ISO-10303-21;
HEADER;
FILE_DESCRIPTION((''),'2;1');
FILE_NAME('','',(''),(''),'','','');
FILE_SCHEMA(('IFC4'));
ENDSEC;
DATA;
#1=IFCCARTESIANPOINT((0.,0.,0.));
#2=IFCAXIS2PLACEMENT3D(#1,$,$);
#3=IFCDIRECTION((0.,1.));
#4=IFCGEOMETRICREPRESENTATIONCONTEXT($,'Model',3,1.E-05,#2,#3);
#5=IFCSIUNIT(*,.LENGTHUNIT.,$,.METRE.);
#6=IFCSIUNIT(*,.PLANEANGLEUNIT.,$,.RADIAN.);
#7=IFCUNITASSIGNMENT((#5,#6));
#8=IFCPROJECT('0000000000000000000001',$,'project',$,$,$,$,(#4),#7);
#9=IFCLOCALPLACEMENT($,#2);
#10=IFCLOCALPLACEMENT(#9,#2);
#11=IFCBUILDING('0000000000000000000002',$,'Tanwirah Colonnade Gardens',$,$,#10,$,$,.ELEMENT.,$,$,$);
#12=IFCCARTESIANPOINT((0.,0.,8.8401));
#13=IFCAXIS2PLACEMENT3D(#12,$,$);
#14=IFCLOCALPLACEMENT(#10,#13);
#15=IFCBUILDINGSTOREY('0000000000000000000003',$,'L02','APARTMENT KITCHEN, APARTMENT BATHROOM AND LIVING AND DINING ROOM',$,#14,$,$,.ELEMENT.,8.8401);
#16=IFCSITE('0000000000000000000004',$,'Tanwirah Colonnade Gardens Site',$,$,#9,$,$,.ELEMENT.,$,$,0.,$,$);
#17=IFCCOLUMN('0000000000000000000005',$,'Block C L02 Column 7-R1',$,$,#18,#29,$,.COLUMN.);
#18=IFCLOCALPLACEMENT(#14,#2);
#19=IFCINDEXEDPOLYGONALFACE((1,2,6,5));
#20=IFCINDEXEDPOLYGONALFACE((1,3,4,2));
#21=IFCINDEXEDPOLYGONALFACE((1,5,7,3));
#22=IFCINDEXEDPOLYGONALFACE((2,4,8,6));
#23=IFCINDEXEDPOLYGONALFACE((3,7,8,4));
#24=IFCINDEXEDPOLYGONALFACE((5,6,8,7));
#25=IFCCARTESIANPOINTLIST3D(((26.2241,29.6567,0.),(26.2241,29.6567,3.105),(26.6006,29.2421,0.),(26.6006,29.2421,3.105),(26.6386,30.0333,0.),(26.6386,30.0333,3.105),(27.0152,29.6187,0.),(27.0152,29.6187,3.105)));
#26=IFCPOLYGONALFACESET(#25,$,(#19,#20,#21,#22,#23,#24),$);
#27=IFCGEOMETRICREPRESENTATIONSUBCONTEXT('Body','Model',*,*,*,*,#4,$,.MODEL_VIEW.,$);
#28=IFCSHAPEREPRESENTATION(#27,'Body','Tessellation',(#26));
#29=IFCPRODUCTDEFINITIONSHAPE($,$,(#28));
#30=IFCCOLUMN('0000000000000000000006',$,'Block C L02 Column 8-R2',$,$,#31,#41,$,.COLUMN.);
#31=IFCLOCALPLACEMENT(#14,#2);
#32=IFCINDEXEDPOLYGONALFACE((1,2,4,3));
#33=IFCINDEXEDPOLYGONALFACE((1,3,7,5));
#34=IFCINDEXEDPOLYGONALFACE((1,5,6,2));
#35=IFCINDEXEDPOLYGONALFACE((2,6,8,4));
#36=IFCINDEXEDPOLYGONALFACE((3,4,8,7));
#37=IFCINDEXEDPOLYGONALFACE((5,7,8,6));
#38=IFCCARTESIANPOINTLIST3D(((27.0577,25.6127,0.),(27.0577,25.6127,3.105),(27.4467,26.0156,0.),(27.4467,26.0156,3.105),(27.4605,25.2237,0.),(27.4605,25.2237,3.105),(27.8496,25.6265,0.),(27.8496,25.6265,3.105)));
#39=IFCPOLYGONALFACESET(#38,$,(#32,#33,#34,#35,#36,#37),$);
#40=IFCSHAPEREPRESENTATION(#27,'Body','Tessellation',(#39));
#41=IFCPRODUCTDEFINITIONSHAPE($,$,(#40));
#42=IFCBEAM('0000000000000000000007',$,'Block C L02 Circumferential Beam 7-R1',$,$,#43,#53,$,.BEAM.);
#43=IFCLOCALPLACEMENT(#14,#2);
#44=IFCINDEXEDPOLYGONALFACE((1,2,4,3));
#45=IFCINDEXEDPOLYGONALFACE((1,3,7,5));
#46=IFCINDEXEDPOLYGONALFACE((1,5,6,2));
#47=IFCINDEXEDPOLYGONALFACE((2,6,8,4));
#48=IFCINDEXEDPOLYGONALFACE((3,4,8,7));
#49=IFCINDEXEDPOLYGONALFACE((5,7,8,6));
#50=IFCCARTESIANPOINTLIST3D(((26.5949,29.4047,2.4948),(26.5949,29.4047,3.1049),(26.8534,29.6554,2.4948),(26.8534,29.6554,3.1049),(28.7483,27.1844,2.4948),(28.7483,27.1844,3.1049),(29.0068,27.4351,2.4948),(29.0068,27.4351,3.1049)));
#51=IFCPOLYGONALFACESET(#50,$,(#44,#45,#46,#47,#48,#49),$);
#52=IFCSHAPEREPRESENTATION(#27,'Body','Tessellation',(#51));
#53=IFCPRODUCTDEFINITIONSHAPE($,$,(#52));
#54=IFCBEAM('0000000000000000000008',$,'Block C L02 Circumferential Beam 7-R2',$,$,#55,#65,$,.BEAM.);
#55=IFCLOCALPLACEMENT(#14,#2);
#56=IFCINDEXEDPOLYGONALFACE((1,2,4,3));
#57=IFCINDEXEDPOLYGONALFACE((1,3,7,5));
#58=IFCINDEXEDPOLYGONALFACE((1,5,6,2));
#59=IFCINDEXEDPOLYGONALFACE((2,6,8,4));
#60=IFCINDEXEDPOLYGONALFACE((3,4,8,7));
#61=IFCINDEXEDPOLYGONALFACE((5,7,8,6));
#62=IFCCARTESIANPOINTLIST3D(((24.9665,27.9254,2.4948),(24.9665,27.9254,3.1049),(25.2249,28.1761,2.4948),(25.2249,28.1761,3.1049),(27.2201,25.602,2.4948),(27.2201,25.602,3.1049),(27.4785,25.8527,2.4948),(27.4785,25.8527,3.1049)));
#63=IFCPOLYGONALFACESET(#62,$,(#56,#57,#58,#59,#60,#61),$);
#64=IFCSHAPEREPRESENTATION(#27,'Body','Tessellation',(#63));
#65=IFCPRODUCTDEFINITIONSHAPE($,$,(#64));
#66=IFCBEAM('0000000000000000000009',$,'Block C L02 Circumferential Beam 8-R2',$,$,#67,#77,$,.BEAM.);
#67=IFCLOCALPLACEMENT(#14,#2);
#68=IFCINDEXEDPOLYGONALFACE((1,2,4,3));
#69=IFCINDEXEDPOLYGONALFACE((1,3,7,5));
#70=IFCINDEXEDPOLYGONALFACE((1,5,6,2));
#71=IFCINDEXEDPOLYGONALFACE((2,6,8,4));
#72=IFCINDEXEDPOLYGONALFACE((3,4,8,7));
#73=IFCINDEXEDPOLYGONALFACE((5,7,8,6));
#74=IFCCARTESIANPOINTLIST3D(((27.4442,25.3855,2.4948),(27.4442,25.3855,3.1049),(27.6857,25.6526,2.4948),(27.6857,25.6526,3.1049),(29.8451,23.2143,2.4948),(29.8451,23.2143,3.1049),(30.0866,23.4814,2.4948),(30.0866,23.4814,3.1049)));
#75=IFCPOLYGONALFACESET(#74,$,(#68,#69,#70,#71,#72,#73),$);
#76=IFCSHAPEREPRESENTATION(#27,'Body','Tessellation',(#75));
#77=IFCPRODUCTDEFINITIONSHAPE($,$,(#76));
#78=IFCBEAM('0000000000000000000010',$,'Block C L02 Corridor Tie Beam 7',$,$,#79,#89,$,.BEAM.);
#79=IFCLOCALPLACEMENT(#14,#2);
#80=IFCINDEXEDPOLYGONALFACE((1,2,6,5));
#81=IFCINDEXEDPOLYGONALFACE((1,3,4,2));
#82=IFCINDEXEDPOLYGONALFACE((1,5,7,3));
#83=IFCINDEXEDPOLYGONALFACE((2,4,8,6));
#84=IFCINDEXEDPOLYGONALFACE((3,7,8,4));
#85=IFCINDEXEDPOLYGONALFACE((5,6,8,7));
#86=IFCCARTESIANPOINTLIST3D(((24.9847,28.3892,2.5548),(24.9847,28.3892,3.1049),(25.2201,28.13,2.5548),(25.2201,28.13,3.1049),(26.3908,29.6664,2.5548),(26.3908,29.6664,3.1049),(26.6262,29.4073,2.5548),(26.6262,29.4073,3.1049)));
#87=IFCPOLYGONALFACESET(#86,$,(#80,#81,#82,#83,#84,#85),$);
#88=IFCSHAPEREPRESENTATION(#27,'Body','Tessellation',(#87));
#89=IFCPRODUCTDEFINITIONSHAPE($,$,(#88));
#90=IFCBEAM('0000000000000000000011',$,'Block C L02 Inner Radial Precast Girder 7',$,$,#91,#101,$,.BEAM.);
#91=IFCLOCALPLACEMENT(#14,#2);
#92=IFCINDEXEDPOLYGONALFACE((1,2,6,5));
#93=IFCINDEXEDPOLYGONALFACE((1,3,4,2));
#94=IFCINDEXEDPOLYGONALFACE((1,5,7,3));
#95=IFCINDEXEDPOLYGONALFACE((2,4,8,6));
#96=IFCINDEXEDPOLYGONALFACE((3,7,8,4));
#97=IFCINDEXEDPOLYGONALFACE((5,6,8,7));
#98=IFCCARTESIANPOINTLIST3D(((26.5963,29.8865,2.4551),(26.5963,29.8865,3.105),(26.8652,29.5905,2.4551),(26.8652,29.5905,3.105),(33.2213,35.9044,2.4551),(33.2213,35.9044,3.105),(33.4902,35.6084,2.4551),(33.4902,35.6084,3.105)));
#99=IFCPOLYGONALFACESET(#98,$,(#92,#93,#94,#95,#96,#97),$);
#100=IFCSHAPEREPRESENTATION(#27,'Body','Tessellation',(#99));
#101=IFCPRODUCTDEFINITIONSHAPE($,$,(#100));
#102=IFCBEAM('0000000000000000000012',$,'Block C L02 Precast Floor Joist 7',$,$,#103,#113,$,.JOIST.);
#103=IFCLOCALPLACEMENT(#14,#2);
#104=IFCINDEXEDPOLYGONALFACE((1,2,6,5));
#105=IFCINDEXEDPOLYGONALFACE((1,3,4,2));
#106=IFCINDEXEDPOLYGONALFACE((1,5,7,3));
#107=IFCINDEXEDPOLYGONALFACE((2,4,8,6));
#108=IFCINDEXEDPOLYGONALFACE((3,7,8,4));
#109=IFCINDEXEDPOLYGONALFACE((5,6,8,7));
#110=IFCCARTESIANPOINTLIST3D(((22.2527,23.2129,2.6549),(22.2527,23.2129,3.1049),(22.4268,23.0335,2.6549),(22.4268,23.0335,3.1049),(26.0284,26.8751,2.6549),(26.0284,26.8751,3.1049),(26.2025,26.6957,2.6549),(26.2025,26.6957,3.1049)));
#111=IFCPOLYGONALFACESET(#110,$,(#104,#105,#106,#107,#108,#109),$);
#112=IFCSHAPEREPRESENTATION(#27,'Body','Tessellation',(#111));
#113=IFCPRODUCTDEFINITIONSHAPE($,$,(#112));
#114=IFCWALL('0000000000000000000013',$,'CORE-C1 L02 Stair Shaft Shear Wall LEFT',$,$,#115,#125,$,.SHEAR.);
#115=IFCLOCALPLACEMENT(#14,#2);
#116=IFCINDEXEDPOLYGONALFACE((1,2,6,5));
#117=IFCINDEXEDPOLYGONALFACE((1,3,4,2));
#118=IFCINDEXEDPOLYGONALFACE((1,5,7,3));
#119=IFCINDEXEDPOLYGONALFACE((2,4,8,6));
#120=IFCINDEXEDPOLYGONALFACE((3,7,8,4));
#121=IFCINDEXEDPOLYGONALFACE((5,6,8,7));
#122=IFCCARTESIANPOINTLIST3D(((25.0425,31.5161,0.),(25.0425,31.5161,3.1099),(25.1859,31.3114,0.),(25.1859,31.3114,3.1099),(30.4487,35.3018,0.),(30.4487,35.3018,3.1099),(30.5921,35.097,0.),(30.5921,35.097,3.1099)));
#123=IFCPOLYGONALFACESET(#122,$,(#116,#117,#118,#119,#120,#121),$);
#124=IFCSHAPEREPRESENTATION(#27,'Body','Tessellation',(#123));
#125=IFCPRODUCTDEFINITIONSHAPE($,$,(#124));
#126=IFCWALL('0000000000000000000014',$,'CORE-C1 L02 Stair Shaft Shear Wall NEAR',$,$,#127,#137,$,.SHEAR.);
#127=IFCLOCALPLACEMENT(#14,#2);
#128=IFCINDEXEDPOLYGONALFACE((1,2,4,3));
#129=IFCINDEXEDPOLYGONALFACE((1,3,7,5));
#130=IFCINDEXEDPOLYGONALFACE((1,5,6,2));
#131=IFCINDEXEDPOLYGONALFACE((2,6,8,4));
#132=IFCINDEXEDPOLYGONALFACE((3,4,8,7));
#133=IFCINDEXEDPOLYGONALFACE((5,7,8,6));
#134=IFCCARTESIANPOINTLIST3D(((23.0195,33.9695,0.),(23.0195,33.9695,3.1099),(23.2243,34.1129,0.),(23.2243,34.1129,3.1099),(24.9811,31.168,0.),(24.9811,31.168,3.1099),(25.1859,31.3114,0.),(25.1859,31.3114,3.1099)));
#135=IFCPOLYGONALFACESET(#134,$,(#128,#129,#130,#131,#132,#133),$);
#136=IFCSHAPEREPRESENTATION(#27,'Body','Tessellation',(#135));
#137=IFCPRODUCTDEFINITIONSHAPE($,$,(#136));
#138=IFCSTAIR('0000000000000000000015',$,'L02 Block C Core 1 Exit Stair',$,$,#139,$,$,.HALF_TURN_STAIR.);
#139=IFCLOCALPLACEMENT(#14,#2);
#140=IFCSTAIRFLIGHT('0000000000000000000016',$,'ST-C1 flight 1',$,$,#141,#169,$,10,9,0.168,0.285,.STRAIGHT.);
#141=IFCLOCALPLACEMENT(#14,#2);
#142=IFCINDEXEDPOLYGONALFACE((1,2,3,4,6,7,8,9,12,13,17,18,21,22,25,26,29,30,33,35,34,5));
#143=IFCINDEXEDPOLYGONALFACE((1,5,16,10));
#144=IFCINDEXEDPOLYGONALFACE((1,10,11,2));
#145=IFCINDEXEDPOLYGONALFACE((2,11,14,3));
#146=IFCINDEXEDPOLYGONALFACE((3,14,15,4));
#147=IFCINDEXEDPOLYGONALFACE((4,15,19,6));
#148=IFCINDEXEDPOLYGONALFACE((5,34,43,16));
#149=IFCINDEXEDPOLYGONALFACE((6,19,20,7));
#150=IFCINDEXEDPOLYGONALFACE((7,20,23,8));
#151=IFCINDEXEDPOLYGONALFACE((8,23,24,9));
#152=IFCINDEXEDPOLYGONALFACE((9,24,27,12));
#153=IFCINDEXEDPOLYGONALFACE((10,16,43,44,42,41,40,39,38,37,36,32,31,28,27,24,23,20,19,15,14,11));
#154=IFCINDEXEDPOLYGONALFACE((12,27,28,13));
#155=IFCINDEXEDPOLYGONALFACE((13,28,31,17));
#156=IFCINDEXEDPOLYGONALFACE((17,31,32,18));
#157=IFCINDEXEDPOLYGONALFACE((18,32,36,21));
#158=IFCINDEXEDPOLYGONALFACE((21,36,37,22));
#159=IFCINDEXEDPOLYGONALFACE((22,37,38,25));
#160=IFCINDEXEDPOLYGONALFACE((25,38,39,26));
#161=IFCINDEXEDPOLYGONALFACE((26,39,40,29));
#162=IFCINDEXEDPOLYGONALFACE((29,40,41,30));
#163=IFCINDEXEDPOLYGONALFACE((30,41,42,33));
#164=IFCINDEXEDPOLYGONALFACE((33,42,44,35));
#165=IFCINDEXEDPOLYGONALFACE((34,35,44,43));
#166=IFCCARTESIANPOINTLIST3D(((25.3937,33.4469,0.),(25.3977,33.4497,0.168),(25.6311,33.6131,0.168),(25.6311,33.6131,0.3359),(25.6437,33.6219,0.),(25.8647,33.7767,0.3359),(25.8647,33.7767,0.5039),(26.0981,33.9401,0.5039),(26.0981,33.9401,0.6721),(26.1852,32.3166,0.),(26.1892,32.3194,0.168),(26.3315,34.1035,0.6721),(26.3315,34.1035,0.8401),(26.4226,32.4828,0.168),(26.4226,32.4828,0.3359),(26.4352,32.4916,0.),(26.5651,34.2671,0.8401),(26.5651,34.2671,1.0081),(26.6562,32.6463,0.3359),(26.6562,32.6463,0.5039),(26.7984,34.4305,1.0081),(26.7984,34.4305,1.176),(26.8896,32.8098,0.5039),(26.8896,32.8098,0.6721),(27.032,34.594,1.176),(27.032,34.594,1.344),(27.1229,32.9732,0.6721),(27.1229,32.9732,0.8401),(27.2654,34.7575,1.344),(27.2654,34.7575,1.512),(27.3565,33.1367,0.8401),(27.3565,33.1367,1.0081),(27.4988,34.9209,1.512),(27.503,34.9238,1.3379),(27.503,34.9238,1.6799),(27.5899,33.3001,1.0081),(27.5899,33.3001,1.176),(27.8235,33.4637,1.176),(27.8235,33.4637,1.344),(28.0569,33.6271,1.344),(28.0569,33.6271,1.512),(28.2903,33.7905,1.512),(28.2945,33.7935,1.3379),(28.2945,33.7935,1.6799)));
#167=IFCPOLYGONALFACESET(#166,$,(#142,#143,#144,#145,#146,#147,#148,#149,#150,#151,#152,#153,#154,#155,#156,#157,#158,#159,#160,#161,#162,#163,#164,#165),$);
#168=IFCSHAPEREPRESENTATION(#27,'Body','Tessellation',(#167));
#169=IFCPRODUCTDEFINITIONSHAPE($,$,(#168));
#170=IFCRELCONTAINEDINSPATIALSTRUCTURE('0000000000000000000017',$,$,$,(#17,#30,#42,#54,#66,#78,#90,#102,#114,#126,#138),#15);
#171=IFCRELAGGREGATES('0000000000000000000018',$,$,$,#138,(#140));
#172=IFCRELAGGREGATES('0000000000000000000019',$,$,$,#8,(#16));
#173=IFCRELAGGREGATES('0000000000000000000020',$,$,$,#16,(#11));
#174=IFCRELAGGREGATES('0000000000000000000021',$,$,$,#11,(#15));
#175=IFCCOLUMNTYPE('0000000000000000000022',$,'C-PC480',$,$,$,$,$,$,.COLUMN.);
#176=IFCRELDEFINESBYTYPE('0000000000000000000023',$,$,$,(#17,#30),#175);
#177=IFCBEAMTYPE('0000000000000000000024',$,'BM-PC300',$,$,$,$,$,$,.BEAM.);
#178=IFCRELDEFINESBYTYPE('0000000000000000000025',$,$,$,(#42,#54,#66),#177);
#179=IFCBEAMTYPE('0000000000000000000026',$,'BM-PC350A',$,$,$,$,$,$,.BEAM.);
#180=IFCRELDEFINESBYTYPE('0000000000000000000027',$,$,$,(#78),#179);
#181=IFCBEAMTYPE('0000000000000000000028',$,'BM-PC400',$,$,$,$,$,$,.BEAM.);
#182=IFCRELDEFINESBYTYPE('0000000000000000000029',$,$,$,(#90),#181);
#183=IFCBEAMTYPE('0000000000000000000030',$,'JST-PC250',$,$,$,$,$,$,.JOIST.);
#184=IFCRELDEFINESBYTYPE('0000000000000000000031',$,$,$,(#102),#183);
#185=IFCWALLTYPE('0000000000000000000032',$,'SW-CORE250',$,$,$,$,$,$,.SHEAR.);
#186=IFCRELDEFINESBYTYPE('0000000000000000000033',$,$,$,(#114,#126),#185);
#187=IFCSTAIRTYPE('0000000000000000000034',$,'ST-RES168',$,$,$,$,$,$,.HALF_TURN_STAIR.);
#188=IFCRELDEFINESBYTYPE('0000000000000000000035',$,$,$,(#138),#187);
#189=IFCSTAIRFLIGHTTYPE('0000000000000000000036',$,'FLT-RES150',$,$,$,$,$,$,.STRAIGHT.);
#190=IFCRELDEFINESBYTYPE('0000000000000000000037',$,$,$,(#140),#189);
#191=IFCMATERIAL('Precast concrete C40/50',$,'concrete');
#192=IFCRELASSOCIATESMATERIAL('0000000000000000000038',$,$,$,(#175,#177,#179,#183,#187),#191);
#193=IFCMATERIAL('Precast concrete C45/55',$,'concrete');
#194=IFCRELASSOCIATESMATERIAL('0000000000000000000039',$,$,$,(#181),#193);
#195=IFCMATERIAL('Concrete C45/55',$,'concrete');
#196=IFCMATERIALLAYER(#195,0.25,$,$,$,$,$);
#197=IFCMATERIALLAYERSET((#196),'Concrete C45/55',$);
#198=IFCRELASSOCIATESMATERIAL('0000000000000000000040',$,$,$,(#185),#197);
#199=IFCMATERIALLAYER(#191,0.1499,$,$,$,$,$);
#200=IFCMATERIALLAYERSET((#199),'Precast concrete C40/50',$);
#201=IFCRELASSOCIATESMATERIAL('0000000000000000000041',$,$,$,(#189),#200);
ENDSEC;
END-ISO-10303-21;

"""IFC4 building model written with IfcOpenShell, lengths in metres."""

from ifc_helpers import new_model, si_unit, direction, frame, frame_2d, origin, origin_2d, place, context, subcontext, project, spatial, polyline, rectangle, outline, extrude, material, layer, layer_set, material_profile, profile_set, type_object, element, aggregate, save


model = new_model("IFC4")

# Units and contexts
model_context = context("Model", 3, precision=1e-05, world=origin(), true_north=direction((0.0, 1.0)))
body_context = subcontext(model_context, "Body", "Model", "MODEL_VIEW")
ifc_project = project(units=[si_unit("LENGTHUNIT", "METRE"), si_unit("PLANEANGLEUNIT", "RADIAN")], contexts=[model_context])

# Site, building, storey
site_placement = place(None, origin())
site = spatial("IfcSite", under=ifc_project, at=site_placement, Name="Tanwirah Colonnade Gardens Site", CompositionType="ELEMENT", RefElevation=0.0)
building_placement = place(site_placement, origin())
building = spatial("IfcBuilding", under=site, at=building_placement, Name="Tanwirah Colonnade Gardens", CompositionType="ELEMENT")
storey_placement = place(building_placement, frame((0.0, 0.0, 8.8401)))
storey = spatial("IfcBuildingStorey", under=building, at=storey_placement, Name="L02", Description="APARTMENT KITCHEN, APARTMENT BATHROOM AND LIVING AND DINING ROOM", CompositionType="ELEMENT", Elevation=8.8401)

# Columns
ifc_material_1 = material(Name="Precast concrete C40/50", Category="concrete")
ifc_material_profile_1 = material_profile(ifc_material_1, rectangle(XDim=0.5601, YDim=0.5601, at=origin_2d()), Name="PC-COL 560x560")
ifc_profile_set_1 = profile_set([ifc_material_profile_1], Name="Precast concrete C40/50")
column_type = type_object("IfcColumnType", Name="C-PC480", PredefinedType="COLUMN", material=ifc_profile_set_1)
for number, where, z_axis, x_axis, name in (
    (1, (26.6196, 29.6377, 0.0), (0.0, 0.0, 1.0), (-0.740218, -0.672367, 0.0), "Block C L02 Column 7-R1"),
    (2, (27.4536, 25.6196, 0.0), (0.0, 0.0, 1.0), (-0.694658, -0.71934, 0.0), "Block C L02 Column 8-R2"),
):
    element("IfcColumn", number, at=place(storey_placement, frame(where, z_axis=z_axis, x_axis=x_axis)), inside=storey, type_object=column_type, Name=name, PredefinedType="COLUMN", context=body_context, shape_type="SweptSolid", body=[
        extrude(rectangle(XDim=0.5601, YDim=0.5601, at=origin_2d()), origin(), (0.0, 0.0, 1.0), 3.105),
    ])

# Beams
ifc_material_profile_2 = material_profile(ifc_material_1, rectangle(XDim=0.3601, YDim=0.6101, at=origin_2d()), Name="PC-BM 360x610")
ifc_profile_set_2 = profile_set([ifc_material_profile_2], Name="Precast concrete C40/50")
beam_type_1 = type_object("IfcBeamType", Name="BM-PC300", PredefinedType="BEAM", material=ifc_profile_set_2)
beam_1_placement = place(storey_placement, frame((26.7241, 29.53, 2.7998), z_axis=(0.69621, -0.717838, 0.0), x_axis=(0.717838, 0.69621, 0.0)))
element("IfcBeam", 3, at=beam_1_placement, inside=storey, type_object=beam_type_1, Name="Block C L02 Circumferential Beam 7-R1", PredefinedType="BEAM", context=body_context, shape_type="SweptSolid", body=[
    extrude(rectangle(XDim=0.3601, YDim=0.6101, at=origin_2d()), origin(), (0.0, 0.0, 1.0), 3.093),
])
beam_2_placement = place(storey_placement, frame((25.0957, 28.0508, 2.7998), z_axis=(0.696239, -0.71781, 0.0), x_axis=(0.71781, 0.696239, 0.0)))
element("IfcBeam", 4, at=beam_2_placement, inside=storey, type_object=beam_type_1, Name="Block C L02 Circumferential Beam 7-R2", PredefinedType="BEAM", context=body_context, shape_type="SweptSolid", body=[
    extrude(rectangle(XDim=0.3601, YDim=0.6101, at=origin_2d()), origin(), (0.0, 0.0, 1.0), 3.2368),
])
beam_3_placement = place(storey_placement, frame((27.5649, 25.519, 2.7998), z_axis=(0.741702, -0.67073, 0.0), x_axis=(0.67073, 0.741702, 0.0)))
element("IfcBeam", 5, at=beam_3_placement, inside=storey, type_object=beam_type_1, Name="Block C L02 Circumferential Beam 8-R2", PredefinedType="BEAM", context=body_context, shape_type="SweptSolid", body=[
    extrude(rectangle(XDim=0.3601, YDim=0.6101, at=origin_2d()), origin(), (0.0, 0.0, 1.0), 3.2371),
])
ifc_material_profile_3 = material_profile(ifc_material_1, rectangle(XDim=0.3501, YDim=0.55, at=origin_2d()), Name="PC-BM 350x550")
ifc_profile_set_3 = profile_set([ifc_material_profile_3], Name="Precast concrete C40/50")
beam_type_2 = type_object("IfcBeamType", Name="BM-PC350A", PredefinedType="BEAM", material=ifc_profile_set_3)
beam_4_placement = place(storey_placement, frame((26.5085, 29.5369, 2.8298), z_axis=(-0.740219, -0.672366, 0.0), x_axis=(0.672366, -0.740219, 0.0)))
element("IfcBeam", 6, at=beam_4_placement, inside=storey, type_object=beam_type_2, Name="Block C L02 Corridor Tie Beam 7", PredefinedType="BEAM", context=body_context, shape_type="SweptSolid", body=[
    extrude(rectangle(XDim=0.3501, YDim=0.55, at=origin_2d()), origin(), (0.0, 0.0, 1.0), 1.8997),
])
ifc_material_2 = material(Name="Precast concrete C45/55", Category="concrete")
ifc_material_profile_4 = material_profile(ifc_material_2, rectangle(XDim=0.3999, YDim=0.6499, at=origin_2d()), Name="PC-BM 400x650")
ifc_profile_set_4 = profile_set([ifc_material_profile_4], Name="Precast concrete C45/55")
beam_type_3 = type_object("IfcBeamType", Name="BM-PC400", PredefinedType="BEAM", material=ifc_profile_set_4)
beam_5_placement = place(storey_placement, frame((26.7307, 29.7385, 2.78), z_axis=(0.740213, 0.672373, 0.0), x_axis=(-0.672373, 0.740213, 0.0)))
element("IfcBeam", 7, at=beam_5_placement, inside=storey, type_object=beam_type_3, Name="Block C L02 Inner Radial Precast Girder 7", PredefinedType="BEAM", context=body_context, shape_type="SweptSolid", body=[
    extrude(rectangle(XDim=0.3999, YDim=0.6499, at=origin_2d()), origin(), (0.0, 0.0, 1.0), 8.9502),
])
ifc_material_profile_5 = material_profile(ifc_material_1, rectangle(XDim=0.25, YDim=0.45, at=origin_2d()), Name="PC-JST 250x450")
ifc_profile_set_5 = profile_set([ifc_material_profile_5], Name="Precast concrete C40/50")
beam_type_4 = type_object("IfcBeamType", Name="JST-PC250", PredefinedType="JOIST", material=ifc_profile_set_5)
beam_6_placement = place(storey_placement, frame((26.1155, 26.7854, 2.8799), z_axis=(-0.717816, -0.696233, 0.0), x_axis=(0.696233, -0.717816, 0.0)))
element("IfcBeam", 8, at=beam_6_placement, inside=storey, type_object=beam_type_4, Name="Block C L02 Precast Floor Joist 7", PredefinedType="JOIST", context=body_context, shape_type="SweptSolid", body=[
    extrude(rectangle(XDim=0.25, YDim=0.45, at=origin_2d()), origin(), (0.0, 0.0, 1.0), 5.26),
])

# Walls
ifc_material_3 = material(Name="Concrete C45/55", Category="concrete")
ifc_layer_1 = layer(ifc_material_3, 0.25)
ifc_layer_set_1 = layer_set([ifc_layer_1], Name="Concrete C45/55")
wall_type_1 = type_object("IfcWallType", Name="SW-CORE250", PredefinedType="SHEAR", material=ifc_layer_set_1)
wall_1_placement = place(storey_placement, frame((25.1143, 31.4138, 0.0), z_axis=(0.0, 0.0, 1.0), x_axis=(0.819142, 0.573591, 0.0)))
element("IfcWall", 9, at=wall_1_placement, inside=storey, type_object=wall_type_1, Name="CORE-C1 L02 Stair Shaft Shear Wall LEFT", PredefinedType="SHEAR", context=body_context, shape_type="SweptSolid", body=[
    extrude(rectangle(XDim=6.5999, YDim=0.25, at=frame_2d((3.2998, 0.0))), origin(), (0.0, 0.0, 1.0), 3.1099),
])
wall_2_placement = place(storey_placement, frame((25.0835, 31.2397, 0.0), z_axis=(0.0, 0.0, 1.0), x_axis=(-0.573582, 0.819148, 0.0)))
element("IfcWall", 10, at=wall_2_placement, inside=storey, type_object=wall_type_1, Name="CORE-C1 L02 Stair Shaft Shear Wall NEAR", PredefinedType="SHEAR", context=body_context, shape_type="SweptSolid", body=[
    extrude(rectangle(XDim=3.4199, YDim=0.25, at=frame_2d((1.71, 0.0))), origin(), (0.0, 0.0, 1.0), 3.1099),
])

# Stair, stair flight
stair_type = type_object("IfcStairType", Name="ST-RES168", PredefinedType="HALF_TURN_STAIR", material=ifc_material_1)
stair_placement = place(storey_placement, origin())
stair = element("IfcStair", 11, at=stair_placement, inside=storey, type_object=stair_type, Name="L02 Block C Core 1 Exit Stair", PredefinedType="HALF_TURN_STAIR")
ifc_layer_2 = layer(ifc_material_1, 0.1499)
ifc_layer_set_2 = layer_set([ifc_layer_2], Name="Precast concrete C40/50")
stair_flight_type = type_object("IfcStairFlightType", Name="FLT-RES150", PredefinedType="STRAIGHT", material=ifc_layer_set_2)
stair_flight_placement = place(storey_placement, frame((25.7935, 32.8845, 0.0), z_axis=(0.0, 0.0, 1.0), x_axis=(0.819152, 0.573576, 0.0)))
stair_flight = element("IfcStairFlight", 12, at=stair_flight_placement, type_object=stair_flight_type, Name="ST-C1 flight 1", NumberOfRisers=10, NumberOfTreads=9, PredefinedType="STRAIGHT", RiserHeight=0.168, TreadLength=0.285, context=body_context, shape_type="SweptSolid", body=[
    extrude(outline(polyline([(-0.0049, 0.0), (0.0, 0.168), (0.2849, 0.168), (0.2849, 0.3359), (0.5701, 0.3359), (0.5701, 0.5039), (0.855, 0.5039), (0.855, 0.6721), (1.1399, 0.6721), (1.1399, 0.8401), (1.425, 0.8401), (1.425, 1.0081), (1.71, 1.0081), (1.71, 1.176), (1.9951, 1.176), (1.9951, 1.344), (2.28, 1.344), (2.28, 1.512), (2.5649, 1.512), (2.5701, 1.6799), (2.5701, 1.3379), (0.3003, 0.0), (-0.0049, 0.0)])), frame((0.0, 0.6899, 0.0), z_axis=(0.0, -1.0, 0.0), x_axis=(1.0, 0.0, 0.0)), (0.0, 0.0, 1.0), 1.3799),
])
aggregate(stair, [stair_flight])

save(model, "model.ifc")
